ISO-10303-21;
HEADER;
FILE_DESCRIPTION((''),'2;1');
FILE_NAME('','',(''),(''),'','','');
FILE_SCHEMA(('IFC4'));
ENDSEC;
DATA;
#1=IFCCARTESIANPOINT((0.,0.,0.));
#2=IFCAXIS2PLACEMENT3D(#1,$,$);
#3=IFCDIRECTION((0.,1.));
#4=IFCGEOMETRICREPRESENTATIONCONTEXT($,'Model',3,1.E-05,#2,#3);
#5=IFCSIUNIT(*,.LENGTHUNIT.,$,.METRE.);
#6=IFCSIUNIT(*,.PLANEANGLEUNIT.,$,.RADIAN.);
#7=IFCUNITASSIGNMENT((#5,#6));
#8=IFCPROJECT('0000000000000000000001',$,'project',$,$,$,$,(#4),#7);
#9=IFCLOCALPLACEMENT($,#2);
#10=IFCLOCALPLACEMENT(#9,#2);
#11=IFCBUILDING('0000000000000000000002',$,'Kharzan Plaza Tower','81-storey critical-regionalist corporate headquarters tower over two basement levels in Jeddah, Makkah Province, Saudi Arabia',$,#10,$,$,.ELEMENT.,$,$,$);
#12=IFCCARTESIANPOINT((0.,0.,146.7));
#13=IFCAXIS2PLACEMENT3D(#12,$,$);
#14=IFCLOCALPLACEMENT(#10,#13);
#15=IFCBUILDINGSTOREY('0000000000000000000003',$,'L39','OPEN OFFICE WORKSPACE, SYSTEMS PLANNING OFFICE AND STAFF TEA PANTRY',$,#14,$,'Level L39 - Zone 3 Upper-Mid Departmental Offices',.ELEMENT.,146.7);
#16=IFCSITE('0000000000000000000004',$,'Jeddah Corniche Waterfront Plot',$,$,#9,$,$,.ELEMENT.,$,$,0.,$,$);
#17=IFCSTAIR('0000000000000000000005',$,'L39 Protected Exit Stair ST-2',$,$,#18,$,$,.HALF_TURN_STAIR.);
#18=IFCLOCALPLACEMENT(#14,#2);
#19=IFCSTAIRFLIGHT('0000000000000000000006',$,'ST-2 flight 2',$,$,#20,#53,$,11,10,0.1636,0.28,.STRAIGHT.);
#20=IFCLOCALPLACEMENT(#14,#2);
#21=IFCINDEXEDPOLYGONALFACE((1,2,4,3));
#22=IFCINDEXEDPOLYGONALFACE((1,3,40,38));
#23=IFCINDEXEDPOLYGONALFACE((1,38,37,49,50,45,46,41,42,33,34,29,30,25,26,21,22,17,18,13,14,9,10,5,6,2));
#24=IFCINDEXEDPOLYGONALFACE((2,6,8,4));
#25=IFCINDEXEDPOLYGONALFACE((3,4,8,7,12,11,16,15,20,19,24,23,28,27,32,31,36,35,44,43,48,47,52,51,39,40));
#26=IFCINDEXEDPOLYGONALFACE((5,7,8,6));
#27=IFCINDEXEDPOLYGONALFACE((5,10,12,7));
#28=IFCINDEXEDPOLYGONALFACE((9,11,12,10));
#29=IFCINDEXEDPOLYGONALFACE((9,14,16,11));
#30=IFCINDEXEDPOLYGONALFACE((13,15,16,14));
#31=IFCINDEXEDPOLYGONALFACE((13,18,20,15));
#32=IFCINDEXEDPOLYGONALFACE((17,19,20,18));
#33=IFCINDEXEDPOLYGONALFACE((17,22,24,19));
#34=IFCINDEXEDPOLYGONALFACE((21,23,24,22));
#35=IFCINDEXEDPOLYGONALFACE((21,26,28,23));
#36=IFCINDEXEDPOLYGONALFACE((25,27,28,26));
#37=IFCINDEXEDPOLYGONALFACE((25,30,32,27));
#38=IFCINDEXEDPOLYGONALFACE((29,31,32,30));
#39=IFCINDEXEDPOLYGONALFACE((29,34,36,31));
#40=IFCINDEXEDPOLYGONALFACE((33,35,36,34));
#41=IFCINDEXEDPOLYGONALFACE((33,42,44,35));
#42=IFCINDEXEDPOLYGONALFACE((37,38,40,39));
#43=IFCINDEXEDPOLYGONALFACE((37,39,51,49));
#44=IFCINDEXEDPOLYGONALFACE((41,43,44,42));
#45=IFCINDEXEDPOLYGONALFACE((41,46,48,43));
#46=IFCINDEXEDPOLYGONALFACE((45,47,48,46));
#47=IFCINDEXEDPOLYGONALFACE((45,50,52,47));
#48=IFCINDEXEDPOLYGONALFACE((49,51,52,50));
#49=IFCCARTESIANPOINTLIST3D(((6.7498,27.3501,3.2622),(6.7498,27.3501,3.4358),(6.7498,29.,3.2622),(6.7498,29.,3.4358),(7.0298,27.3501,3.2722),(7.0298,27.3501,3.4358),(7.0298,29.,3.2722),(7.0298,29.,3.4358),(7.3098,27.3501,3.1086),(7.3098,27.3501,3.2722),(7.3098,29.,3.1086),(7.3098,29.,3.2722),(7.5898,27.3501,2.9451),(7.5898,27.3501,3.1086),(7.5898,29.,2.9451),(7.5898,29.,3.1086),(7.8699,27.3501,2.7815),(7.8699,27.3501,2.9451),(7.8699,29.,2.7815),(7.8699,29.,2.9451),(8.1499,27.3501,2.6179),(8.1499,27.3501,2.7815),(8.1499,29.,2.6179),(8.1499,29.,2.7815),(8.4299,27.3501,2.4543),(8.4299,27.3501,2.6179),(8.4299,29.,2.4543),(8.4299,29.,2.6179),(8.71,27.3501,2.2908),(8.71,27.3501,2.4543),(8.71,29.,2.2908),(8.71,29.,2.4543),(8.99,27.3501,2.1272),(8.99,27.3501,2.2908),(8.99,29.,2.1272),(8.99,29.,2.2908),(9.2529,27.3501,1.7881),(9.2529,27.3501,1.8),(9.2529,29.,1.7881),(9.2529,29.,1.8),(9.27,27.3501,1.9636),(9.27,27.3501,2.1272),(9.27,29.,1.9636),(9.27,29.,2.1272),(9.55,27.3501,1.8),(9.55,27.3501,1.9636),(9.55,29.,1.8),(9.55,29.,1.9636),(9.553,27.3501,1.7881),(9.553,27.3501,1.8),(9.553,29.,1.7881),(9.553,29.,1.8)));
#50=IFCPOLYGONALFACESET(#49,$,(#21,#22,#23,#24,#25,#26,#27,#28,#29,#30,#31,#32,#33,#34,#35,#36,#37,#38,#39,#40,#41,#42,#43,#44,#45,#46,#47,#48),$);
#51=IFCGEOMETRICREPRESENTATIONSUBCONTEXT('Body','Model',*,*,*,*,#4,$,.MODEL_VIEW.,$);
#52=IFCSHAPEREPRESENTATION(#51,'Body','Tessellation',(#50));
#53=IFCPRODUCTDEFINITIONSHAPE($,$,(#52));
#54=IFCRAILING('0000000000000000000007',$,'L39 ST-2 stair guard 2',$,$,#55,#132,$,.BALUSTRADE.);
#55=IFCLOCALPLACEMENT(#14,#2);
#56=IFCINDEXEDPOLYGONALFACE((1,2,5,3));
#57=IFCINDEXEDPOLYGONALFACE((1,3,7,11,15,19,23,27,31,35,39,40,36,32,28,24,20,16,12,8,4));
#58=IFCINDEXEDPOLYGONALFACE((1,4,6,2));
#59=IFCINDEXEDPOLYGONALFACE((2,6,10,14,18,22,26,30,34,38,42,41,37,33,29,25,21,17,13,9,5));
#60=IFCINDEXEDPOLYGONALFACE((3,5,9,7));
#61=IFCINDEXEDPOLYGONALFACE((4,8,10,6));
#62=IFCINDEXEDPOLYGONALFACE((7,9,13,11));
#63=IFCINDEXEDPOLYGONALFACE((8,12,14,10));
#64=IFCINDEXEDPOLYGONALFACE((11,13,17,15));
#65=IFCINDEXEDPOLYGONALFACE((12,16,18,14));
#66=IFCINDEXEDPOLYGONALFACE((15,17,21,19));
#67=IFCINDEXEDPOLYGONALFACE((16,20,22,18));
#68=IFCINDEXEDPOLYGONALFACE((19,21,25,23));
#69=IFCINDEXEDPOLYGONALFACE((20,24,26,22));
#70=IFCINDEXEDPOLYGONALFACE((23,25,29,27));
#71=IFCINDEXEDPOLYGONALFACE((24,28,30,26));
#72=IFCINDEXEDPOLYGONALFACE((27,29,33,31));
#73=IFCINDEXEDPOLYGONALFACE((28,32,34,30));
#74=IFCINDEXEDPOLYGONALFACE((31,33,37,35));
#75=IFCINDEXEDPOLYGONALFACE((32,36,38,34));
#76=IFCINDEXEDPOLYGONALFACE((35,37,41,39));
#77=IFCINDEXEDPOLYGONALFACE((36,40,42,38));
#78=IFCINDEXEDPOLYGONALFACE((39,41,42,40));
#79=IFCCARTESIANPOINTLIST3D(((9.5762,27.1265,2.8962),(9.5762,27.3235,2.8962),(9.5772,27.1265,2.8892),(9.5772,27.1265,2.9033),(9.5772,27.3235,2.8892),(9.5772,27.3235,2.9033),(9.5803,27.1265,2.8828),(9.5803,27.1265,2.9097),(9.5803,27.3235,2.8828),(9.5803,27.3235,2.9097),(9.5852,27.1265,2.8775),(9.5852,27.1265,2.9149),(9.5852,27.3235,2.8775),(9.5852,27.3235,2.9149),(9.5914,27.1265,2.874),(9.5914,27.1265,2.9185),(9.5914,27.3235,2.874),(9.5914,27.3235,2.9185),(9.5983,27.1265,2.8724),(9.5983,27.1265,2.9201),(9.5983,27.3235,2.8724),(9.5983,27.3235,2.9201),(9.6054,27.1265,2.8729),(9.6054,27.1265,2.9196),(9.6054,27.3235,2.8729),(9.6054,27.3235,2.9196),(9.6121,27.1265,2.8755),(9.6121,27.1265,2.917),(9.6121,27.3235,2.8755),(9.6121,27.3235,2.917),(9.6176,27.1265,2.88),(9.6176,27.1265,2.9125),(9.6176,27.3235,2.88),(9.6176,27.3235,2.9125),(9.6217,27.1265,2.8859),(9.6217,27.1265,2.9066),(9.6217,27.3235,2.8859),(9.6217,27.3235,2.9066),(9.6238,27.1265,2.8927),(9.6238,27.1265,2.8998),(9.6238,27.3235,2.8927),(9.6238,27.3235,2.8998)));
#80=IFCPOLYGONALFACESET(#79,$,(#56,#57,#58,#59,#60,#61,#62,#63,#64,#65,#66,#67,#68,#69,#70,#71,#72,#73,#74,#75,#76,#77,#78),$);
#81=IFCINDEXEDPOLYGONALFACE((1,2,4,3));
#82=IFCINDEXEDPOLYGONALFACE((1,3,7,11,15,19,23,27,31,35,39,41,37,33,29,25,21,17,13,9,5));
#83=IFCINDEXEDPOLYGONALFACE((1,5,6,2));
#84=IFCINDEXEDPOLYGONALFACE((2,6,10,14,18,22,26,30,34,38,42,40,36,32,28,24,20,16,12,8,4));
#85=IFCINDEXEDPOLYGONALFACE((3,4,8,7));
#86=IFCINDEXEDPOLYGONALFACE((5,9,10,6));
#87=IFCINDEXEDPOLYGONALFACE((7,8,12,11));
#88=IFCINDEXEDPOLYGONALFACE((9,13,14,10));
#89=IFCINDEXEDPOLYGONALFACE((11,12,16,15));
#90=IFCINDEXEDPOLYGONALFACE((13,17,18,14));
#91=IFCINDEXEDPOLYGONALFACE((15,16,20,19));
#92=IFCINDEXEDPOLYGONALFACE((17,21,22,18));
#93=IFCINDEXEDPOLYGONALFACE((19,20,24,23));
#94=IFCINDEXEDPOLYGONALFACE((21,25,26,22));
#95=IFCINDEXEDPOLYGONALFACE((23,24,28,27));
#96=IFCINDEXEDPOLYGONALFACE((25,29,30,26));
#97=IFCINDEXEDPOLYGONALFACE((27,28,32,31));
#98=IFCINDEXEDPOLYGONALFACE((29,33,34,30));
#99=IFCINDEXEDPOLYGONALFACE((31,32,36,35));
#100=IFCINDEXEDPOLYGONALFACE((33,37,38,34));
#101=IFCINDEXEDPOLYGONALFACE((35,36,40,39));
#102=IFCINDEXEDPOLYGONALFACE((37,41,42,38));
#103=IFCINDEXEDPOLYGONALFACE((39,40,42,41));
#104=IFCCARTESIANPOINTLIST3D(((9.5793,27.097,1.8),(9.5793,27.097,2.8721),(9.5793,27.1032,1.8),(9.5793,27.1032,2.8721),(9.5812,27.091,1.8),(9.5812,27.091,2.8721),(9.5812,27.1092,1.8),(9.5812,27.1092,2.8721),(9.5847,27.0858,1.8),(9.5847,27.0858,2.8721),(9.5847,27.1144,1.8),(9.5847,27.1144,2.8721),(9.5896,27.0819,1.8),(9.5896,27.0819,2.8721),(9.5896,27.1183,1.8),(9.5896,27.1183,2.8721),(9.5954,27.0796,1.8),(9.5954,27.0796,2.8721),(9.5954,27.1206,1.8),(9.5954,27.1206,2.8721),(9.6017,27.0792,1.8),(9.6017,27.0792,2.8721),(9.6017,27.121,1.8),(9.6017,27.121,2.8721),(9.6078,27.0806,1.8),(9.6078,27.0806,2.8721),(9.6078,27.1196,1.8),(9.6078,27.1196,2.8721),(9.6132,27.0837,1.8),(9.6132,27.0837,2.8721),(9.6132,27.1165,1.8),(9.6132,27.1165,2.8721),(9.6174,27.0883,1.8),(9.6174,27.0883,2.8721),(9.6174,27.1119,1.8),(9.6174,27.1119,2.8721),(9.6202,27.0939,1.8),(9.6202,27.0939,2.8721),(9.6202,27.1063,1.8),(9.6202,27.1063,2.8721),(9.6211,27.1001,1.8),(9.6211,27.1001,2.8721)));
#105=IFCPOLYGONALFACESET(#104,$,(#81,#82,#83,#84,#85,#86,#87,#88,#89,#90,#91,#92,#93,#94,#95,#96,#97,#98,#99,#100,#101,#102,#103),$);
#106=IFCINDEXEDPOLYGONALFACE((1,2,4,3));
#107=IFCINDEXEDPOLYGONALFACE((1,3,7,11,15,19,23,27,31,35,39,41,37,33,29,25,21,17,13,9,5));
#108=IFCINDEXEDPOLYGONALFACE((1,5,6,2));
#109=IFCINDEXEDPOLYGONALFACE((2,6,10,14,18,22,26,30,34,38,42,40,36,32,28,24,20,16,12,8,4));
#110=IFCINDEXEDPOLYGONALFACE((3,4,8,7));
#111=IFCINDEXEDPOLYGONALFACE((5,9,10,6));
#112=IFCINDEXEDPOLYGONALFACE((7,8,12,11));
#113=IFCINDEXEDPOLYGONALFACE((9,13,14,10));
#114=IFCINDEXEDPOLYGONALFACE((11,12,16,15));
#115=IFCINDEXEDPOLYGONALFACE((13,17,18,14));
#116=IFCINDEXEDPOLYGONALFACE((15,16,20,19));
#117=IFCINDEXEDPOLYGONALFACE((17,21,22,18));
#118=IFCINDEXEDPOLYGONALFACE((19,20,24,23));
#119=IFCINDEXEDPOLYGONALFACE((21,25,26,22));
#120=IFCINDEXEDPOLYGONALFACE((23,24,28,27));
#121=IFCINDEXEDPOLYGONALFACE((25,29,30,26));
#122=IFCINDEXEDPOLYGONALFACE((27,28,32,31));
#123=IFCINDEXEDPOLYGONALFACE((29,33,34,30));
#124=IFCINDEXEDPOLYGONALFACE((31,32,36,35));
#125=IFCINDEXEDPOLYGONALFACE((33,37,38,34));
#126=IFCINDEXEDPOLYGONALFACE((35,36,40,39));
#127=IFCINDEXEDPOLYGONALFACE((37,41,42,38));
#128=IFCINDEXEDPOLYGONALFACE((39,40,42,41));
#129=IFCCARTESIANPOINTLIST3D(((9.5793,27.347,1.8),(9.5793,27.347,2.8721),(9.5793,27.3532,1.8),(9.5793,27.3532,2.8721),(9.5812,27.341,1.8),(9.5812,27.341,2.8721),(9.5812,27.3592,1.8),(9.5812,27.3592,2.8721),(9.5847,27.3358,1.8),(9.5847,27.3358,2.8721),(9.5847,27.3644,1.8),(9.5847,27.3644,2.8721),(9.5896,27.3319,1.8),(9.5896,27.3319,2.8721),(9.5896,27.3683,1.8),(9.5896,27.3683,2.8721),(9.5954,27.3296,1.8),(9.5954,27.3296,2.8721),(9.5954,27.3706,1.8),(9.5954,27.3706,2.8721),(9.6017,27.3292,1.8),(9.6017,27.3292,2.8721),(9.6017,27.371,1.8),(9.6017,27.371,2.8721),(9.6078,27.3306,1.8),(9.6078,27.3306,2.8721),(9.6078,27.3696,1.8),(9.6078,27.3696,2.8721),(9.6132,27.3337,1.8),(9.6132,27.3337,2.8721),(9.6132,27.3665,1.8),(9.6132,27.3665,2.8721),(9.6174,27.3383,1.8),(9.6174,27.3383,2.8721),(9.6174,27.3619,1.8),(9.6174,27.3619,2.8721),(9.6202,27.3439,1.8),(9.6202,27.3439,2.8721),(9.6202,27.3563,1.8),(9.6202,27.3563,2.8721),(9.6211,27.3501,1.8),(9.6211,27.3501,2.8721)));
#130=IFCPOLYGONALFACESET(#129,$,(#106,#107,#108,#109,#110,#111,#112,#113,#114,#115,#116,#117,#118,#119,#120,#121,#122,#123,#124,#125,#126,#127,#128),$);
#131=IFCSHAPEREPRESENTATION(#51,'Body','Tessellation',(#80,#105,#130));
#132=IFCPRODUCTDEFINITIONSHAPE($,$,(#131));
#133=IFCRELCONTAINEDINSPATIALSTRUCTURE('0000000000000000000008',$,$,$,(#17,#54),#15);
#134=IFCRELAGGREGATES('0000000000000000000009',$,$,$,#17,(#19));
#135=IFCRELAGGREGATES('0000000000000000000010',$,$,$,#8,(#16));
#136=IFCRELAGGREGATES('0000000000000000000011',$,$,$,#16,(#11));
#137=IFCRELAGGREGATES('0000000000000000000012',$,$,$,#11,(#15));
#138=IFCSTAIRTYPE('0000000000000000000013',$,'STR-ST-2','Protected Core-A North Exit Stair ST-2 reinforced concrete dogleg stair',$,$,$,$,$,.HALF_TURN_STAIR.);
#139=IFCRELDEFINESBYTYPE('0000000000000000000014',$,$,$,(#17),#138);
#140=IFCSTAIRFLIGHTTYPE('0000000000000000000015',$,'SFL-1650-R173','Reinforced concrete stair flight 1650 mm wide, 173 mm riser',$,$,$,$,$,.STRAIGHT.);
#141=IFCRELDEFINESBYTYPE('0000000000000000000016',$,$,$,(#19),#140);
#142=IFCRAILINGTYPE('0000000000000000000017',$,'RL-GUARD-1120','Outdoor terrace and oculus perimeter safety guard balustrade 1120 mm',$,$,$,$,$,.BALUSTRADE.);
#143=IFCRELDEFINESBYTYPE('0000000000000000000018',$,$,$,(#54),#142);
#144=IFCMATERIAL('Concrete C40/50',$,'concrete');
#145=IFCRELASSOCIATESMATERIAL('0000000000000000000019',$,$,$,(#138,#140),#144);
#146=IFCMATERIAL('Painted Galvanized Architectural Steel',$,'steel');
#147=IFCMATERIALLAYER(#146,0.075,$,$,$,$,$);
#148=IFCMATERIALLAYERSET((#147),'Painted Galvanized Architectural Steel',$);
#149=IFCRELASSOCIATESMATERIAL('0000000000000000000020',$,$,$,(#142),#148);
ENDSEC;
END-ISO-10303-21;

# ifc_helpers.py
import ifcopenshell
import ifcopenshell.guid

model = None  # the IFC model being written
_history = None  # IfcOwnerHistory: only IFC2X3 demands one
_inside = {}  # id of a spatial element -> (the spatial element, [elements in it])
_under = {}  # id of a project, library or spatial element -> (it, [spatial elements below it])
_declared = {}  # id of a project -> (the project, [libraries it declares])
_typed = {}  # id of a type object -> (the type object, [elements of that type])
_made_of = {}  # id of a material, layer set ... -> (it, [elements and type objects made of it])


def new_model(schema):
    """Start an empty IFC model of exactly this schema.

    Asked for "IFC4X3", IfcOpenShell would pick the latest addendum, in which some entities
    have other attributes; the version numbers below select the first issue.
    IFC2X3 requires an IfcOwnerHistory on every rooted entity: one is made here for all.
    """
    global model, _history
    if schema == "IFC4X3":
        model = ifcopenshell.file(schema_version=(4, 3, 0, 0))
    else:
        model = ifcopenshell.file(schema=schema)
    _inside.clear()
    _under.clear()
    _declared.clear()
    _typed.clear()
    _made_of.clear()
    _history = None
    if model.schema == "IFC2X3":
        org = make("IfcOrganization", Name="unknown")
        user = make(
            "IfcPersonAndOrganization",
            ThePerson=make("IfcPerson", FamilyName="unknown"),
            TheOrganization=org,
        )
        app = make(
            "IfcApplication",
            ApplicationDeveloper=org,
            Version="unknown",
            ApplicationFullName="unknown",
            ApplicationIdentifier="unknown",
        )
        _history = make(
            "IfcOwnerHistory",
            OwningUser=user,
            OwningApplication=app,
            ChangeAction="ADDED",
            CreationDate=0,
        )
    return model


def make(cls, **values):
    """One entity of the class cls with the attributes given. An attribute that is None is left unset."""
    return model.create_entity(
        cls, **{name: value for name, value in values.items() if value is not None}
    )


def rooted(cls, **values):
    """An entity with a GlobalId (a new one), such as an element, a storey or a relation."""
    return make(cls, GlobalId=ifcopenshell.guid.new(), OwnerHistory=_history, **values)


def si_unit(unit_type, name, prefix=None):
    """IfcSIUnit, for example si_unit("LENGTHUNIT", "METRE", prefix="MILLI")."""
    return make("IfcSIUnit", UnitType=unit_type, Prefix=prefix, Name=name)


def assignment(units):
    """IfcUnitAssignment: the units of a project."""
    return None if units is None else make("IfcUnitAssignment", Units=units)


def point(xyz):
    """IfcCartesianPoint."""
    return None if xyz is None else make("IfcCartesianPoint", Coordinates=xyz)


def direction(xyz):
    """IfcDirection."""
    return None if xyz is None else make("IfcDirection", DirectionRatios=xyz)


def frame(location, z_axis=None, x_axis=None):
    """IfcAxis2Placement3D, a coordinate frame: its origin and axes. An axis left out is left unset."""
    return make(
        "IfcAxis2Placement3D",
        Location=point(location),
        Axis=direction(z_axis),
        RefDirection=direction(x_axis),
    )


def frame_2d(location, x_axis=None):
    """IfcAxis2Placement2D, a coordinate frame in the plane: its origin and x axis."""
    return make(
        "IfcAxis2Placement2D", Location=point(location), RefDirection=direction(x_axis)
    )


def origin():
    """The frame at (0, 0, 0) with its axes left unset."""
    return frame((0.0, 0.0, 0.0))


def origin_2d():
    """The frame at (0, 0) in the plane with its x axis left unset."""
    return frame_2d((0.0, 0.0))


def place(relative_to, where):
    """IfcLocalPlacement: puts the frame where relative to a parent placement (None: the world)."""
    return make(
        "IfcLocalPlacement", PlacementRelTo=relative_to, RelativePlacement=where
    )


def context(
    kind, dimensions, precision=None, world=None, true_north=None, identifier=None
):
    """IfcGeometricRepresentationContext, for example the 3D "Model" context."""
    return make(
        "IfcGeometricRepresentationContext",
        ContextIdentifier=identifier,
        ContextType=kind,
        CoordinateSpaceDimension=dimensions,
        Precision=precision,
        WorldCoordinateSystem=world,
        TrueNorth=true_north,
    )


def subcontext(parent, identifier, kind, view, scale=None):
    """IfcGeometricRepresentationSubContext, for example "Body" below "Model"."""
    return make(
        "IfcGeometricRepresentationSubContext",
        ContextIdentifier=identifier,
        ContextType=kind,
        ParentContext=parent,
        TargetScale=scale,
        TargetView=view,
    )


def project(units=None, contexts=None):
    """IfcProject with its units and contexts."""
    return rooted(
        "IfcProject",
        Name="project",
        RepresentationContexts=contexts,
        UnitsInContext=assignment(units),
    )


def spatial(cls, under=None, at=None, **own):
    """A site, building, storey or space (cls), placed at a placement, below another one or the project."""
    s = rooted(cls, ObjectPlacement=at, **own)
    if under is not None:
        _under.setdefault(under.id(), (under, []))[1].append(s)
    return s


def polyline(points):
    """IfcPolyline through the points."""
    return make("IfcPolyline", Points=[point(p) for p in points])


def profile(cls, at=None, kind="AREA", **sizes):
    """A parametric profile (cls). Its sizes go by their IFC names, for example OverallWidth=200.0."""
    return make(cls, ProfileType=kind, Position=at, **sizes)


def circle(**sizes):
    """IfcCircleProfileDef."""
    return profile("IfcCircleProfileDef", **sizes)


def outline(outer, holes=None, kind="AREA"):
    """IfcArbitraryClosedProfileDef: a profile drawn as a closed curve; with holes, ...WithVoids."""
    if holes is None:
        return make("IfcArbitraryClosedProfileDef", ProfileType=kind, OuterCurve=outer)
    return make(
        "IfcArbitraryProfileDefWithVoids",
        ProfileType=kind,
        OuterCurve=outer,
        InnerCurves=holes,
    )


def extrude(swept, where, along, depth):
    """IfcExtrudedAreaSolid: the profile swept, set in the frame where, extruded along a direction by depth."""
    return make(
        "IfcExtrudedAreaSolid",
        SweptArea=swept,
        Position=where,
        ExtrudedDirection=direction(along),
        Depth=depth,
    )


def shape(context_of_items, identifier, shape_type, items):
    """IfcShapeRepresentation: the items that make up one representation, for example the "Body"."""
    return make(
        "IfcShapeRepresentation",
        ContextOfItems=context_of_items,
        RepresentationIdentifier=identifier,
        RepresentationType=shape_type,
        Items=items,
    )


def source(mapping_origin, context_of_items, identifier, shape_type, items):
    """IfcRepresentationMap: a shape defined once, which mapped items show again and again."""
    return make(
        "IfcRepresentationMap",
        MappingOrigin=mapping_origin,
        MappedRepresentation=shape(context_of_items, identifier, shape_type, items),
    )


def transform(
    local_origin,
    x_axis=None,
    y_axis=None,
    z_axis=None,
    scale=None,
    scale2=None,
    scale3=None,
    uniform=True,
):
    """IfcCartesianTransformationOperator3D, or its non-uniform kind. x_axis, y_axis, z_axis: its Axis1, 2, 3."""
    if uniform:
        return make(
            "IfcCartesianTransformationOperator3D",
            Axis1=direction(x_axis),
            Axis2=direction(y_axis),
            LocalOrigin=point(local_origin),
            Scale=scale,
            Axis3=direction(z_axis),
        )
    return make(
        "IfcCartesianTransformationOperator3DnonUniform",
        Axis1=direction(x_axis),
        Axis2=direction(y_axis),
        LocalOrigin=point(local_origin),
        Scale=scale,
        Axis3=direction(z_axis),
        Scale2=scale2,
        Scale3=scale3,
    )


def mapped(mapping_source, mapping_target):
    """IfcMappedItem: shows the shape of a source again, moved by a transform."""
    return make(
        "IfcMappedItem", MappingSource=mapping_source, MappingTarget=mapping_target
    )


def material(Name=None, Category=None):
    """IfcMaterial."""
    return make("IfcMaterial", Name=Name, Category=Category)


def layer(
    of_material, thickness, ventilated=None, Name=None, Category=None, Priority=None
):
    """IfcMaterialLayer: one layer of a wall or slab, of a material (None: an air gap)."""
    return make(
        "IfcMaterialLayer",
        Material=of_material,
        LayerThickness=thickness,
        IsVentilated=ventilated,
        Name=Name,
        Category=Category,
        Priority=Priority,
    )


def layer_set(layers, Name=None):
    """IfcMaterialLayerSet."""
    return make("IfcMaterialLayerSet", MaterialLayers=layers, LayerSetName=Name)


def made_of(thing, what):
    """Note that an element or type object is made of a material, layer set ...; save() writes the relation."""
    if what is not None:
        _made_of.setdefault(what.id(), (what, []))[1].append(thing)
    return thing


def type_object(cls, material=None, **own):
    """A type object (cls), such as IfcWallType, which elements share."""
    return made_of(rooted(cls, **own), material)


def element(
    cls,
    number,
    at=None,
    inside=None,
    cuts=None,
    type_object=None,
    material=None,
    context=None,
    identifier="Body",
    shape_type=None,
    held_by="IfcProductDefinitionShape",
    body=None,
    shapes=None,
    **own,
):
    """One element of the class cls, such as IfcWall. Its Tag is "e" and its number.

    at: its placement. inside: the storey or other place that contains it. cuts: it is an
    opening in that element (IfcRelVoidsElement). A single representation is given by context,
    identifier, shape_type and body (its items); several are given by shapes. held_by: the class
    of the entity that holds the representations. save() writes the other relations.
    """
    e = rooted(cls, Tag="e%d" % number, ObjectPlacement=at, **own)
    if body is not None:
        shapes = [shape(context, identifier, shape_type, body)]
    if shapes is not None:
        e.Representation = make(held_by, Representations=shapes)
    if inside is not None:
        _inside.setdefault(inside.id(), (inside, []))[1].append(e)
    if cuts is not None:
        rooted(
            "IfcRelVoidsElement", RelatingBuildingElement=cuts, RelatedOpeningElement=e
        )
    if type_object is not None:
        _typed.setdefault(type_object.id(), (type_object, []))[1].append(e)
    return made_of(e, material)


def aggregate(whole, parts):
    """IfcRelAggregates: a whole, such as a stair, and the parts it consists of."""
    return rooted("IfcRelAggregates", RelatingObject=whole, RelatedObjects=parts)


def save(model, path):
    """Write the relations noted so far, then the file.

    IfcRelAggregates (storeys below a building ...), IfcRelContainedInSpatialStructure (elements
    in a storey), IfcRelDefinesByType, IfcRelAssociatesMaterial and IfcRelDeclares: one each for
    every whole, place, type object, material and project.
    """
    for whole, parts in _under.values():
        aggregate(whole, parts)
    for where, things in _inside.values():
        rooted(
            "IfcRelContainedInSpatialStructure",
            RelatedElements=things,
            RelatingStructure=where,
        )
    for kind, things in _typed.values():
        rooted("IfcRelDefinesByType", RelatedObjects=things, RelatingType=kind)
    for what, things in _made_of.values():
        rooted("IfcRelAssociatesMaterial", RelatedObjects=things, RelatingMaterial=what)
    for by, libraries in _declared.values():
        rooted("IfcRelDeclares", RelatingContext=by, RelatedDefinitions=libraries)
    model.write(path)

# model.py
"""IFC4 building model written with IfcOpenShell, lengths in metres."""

from ifc_helpers import new_model, si_unit, direction, frame, origin, origin_2d, place, context, subcontext, project, spatial, polyline, circle, outline, extrude, source, transform, mapped, material, layer, layer_set, type_object, element, aggregate, save


model = new_model("IFC4")

# Units and contexts
model_context = context("Model", 3, precision=1e-05, world=origin(), true_north=direction((0.0, 1.0)))
body_context = subcontext(model_context, "Body", "Model", "MODEL_VIEW")
ifc_project = project(units=[si_unit("LENGTHUNIT", "METRE"), si_unit("PLANEANGLEUNIT", "RADIAN")], contexts=[model_context])

# Site, building, storey
site_placement = place(None, origin())
site = spatial("IfcSite", under=ifc_project, at=site_placement, Name="Jeddah Corniche Waterfront Plot", CompositionType="ELEMENT", RefElevation=0.0)
building_placement = place(site_placement, origin())
building = spatial("IfcBuilding", under=site, at=building_placement, Name="Kharzan Plaza Tower", Description="81-storey critical-regionalist corporate headquarters tower over two basement levels in Jeddah, Makkah Province, Saudi Arabia", CompositionType="ELEMENT")
storey_placement = place(building_placement, frame((0.0, 0.0, 146.7)))
storey = spatial("IfcBuildingStorey", under=building, at=storey_placement, Name="L39", Description="OPEN OFFICE WORKSPACE, SYSTEMS PLANNING OFFICE AND STAFF TEA PANTRY", LongName="Level L39 - Zone 3 Upper-Mid Departmental Offices", CompositionType="ELEMENT", Elevation=146.7)

# Shared definitions
ifc_material_1 = material(Name="Concrete C40/50", Category="concrete")

# Stair, stair flight
stair_type = type_object("IfcStairType", Name="STR-ST-2", Description="Protected Core-A North Exit Stair ST-2 reinforced concrete dogleg stair", PredefinedType="HALF_TURN_STAIR", material=ifc_material_1)
stair_placement = place(storey_placement, origin())
stair = element("IfcStair", 1, at=stair_placement, inside=storey, type_object=stair_type, Name="L39 Protected Exit Stair ST-2", PredefinedType="HALF_TURN_STAIR")
stair_flight_type = type_object("IfcStairFlightType", Name="SFL-1650-R173", Description="Reinforced concrete stair flight 1650 mm wide, 173 mm riser", PredefinedType="STRAIGHT", material=ifc_material_1)
shared_shape_1 = source(origin(), body_context, "Body", "SweptSolid", [
    extrude(outline(polyline([(-0.0029, -0.012), (-0.0029, 0.0), (0.0, 0.0), (0.0, 0.1636), (0.28, 0.1636), (0.28, 0.3271), (0.5601, 0.3271), (0.5601, 0.4907), (0.8401, 0.4907), (0.8401, 0.6543), (1.1201, 0.6543), (1.1201, 0.8179), (1.4001, 0.8179), (1.4001, 0.9814), (1.6802, 0.9814), (1.6802, 1.145), (1.9602, 1.145), (1.9602, 1.3086), (2.2402, 1.3086), (2.2402, 1.4722), (2.5203, 1.4722), (2.5203, 1.6357), (2.8003, 1.6357), (2.8003, 1.7993), (2.8003, 1.4622), (0.2971, 0.0), (0.2971, -0.012), (-0.0029, -0.012)])), frame((0.0, 0.825, 0.0), z_axis=(0.0, -1.0, 0.0), x_axis=(1.0, 0.0, 0.0)), (0.0, 0.0, 1.0), 1.6499),
])
stair_flight_placement = place(storey_placement, frame((9.55, 28.175, 1.8), z_axis=(0.0, 0.0, 1.0), x_axis=(-1.0, 0.0, 0.0)))
stair_flight = element("IfcStairFlight", 2, at=stair_flight_placement, type_object=stair_flight_type, Name="ST-2 flight 2", NumberOfRisers=11, NumberOfTreads=10, PredefinedType="STRAIGHT", RiserHeight=0.1636, TreadLength=0.28, context=body_context, shape_type="MappedRepresentation", body=[
    mapped(shared_shape_1, transform((0.0, 0.0, 0.0), x_axis=(1.0, 0.0, 0.0), y_axis=(0.0, 1.0, 0.0), z_axis=(0.0, 0.0, 1.0))),
])
aggregate(stair, [stair_flight])

# Railing
ifc_material_2 = material(Name="Painted Galvanized Architectural Steel", Category="steel")
ifc_layer_1 = layer(ifc_material_2, 0.075)
ifc_layer_set_1 = layer_set([ifc_layer_1], Name="Painted Galvanized Architectural Steel")
railing_type_1 = type_object("IfcRailingType", Name="RL-GUARD-1120", Description="Outdoor terrace and oculus perimeter safety guard balustrade 1120 mm", PredefinedType="BALUSTRADE", material=ifc_layer_set_1)
shared_shape_2 = source(origin(), body_context, "Body", "SweptSolid", [
    extrude(circle(Radius=0.0239, at=origin_2d()), frame((0.0, 0.0264, 1.0962), z_axis=(0.0, 1.0, 0.0), x_axis=(-1.0, 0.0, 0.0)), (0.0, 0.0, 1.0), 0.197),
    extrude(circle(Radius=0.021, at=origin_2d()), origin(), (0.0, 0.0, 1.0), 1.072),
    extrude(circle(Radius=0.021, at=origin_2d()), frame((0.0, 0.25, 0.0)), (0.0, 0.0, 1.0), 1.072),
])
railing_1_placement = place(storey_placement, frame((9.6001, 27.1001, 1.8)))
element("IfcRailing", 3, at=railing_1_placement, inside=storey, type_object=railing_type_1, Name="L39 ST-2 stair guard 2", PredefinedType="BALUSTRADE", context=body_context, shape_type="MappedRepresentation", body=[
    mapped(shared_shape_2, transform((0.0, 0.0, 0.0), x_axis=(1.0, 0.0, 0.0), y_axis=(0.0, 1.0, 0.0), z_axis=(0.0, 0.0, 1.0))),
])

save(model, "model.ifc")
